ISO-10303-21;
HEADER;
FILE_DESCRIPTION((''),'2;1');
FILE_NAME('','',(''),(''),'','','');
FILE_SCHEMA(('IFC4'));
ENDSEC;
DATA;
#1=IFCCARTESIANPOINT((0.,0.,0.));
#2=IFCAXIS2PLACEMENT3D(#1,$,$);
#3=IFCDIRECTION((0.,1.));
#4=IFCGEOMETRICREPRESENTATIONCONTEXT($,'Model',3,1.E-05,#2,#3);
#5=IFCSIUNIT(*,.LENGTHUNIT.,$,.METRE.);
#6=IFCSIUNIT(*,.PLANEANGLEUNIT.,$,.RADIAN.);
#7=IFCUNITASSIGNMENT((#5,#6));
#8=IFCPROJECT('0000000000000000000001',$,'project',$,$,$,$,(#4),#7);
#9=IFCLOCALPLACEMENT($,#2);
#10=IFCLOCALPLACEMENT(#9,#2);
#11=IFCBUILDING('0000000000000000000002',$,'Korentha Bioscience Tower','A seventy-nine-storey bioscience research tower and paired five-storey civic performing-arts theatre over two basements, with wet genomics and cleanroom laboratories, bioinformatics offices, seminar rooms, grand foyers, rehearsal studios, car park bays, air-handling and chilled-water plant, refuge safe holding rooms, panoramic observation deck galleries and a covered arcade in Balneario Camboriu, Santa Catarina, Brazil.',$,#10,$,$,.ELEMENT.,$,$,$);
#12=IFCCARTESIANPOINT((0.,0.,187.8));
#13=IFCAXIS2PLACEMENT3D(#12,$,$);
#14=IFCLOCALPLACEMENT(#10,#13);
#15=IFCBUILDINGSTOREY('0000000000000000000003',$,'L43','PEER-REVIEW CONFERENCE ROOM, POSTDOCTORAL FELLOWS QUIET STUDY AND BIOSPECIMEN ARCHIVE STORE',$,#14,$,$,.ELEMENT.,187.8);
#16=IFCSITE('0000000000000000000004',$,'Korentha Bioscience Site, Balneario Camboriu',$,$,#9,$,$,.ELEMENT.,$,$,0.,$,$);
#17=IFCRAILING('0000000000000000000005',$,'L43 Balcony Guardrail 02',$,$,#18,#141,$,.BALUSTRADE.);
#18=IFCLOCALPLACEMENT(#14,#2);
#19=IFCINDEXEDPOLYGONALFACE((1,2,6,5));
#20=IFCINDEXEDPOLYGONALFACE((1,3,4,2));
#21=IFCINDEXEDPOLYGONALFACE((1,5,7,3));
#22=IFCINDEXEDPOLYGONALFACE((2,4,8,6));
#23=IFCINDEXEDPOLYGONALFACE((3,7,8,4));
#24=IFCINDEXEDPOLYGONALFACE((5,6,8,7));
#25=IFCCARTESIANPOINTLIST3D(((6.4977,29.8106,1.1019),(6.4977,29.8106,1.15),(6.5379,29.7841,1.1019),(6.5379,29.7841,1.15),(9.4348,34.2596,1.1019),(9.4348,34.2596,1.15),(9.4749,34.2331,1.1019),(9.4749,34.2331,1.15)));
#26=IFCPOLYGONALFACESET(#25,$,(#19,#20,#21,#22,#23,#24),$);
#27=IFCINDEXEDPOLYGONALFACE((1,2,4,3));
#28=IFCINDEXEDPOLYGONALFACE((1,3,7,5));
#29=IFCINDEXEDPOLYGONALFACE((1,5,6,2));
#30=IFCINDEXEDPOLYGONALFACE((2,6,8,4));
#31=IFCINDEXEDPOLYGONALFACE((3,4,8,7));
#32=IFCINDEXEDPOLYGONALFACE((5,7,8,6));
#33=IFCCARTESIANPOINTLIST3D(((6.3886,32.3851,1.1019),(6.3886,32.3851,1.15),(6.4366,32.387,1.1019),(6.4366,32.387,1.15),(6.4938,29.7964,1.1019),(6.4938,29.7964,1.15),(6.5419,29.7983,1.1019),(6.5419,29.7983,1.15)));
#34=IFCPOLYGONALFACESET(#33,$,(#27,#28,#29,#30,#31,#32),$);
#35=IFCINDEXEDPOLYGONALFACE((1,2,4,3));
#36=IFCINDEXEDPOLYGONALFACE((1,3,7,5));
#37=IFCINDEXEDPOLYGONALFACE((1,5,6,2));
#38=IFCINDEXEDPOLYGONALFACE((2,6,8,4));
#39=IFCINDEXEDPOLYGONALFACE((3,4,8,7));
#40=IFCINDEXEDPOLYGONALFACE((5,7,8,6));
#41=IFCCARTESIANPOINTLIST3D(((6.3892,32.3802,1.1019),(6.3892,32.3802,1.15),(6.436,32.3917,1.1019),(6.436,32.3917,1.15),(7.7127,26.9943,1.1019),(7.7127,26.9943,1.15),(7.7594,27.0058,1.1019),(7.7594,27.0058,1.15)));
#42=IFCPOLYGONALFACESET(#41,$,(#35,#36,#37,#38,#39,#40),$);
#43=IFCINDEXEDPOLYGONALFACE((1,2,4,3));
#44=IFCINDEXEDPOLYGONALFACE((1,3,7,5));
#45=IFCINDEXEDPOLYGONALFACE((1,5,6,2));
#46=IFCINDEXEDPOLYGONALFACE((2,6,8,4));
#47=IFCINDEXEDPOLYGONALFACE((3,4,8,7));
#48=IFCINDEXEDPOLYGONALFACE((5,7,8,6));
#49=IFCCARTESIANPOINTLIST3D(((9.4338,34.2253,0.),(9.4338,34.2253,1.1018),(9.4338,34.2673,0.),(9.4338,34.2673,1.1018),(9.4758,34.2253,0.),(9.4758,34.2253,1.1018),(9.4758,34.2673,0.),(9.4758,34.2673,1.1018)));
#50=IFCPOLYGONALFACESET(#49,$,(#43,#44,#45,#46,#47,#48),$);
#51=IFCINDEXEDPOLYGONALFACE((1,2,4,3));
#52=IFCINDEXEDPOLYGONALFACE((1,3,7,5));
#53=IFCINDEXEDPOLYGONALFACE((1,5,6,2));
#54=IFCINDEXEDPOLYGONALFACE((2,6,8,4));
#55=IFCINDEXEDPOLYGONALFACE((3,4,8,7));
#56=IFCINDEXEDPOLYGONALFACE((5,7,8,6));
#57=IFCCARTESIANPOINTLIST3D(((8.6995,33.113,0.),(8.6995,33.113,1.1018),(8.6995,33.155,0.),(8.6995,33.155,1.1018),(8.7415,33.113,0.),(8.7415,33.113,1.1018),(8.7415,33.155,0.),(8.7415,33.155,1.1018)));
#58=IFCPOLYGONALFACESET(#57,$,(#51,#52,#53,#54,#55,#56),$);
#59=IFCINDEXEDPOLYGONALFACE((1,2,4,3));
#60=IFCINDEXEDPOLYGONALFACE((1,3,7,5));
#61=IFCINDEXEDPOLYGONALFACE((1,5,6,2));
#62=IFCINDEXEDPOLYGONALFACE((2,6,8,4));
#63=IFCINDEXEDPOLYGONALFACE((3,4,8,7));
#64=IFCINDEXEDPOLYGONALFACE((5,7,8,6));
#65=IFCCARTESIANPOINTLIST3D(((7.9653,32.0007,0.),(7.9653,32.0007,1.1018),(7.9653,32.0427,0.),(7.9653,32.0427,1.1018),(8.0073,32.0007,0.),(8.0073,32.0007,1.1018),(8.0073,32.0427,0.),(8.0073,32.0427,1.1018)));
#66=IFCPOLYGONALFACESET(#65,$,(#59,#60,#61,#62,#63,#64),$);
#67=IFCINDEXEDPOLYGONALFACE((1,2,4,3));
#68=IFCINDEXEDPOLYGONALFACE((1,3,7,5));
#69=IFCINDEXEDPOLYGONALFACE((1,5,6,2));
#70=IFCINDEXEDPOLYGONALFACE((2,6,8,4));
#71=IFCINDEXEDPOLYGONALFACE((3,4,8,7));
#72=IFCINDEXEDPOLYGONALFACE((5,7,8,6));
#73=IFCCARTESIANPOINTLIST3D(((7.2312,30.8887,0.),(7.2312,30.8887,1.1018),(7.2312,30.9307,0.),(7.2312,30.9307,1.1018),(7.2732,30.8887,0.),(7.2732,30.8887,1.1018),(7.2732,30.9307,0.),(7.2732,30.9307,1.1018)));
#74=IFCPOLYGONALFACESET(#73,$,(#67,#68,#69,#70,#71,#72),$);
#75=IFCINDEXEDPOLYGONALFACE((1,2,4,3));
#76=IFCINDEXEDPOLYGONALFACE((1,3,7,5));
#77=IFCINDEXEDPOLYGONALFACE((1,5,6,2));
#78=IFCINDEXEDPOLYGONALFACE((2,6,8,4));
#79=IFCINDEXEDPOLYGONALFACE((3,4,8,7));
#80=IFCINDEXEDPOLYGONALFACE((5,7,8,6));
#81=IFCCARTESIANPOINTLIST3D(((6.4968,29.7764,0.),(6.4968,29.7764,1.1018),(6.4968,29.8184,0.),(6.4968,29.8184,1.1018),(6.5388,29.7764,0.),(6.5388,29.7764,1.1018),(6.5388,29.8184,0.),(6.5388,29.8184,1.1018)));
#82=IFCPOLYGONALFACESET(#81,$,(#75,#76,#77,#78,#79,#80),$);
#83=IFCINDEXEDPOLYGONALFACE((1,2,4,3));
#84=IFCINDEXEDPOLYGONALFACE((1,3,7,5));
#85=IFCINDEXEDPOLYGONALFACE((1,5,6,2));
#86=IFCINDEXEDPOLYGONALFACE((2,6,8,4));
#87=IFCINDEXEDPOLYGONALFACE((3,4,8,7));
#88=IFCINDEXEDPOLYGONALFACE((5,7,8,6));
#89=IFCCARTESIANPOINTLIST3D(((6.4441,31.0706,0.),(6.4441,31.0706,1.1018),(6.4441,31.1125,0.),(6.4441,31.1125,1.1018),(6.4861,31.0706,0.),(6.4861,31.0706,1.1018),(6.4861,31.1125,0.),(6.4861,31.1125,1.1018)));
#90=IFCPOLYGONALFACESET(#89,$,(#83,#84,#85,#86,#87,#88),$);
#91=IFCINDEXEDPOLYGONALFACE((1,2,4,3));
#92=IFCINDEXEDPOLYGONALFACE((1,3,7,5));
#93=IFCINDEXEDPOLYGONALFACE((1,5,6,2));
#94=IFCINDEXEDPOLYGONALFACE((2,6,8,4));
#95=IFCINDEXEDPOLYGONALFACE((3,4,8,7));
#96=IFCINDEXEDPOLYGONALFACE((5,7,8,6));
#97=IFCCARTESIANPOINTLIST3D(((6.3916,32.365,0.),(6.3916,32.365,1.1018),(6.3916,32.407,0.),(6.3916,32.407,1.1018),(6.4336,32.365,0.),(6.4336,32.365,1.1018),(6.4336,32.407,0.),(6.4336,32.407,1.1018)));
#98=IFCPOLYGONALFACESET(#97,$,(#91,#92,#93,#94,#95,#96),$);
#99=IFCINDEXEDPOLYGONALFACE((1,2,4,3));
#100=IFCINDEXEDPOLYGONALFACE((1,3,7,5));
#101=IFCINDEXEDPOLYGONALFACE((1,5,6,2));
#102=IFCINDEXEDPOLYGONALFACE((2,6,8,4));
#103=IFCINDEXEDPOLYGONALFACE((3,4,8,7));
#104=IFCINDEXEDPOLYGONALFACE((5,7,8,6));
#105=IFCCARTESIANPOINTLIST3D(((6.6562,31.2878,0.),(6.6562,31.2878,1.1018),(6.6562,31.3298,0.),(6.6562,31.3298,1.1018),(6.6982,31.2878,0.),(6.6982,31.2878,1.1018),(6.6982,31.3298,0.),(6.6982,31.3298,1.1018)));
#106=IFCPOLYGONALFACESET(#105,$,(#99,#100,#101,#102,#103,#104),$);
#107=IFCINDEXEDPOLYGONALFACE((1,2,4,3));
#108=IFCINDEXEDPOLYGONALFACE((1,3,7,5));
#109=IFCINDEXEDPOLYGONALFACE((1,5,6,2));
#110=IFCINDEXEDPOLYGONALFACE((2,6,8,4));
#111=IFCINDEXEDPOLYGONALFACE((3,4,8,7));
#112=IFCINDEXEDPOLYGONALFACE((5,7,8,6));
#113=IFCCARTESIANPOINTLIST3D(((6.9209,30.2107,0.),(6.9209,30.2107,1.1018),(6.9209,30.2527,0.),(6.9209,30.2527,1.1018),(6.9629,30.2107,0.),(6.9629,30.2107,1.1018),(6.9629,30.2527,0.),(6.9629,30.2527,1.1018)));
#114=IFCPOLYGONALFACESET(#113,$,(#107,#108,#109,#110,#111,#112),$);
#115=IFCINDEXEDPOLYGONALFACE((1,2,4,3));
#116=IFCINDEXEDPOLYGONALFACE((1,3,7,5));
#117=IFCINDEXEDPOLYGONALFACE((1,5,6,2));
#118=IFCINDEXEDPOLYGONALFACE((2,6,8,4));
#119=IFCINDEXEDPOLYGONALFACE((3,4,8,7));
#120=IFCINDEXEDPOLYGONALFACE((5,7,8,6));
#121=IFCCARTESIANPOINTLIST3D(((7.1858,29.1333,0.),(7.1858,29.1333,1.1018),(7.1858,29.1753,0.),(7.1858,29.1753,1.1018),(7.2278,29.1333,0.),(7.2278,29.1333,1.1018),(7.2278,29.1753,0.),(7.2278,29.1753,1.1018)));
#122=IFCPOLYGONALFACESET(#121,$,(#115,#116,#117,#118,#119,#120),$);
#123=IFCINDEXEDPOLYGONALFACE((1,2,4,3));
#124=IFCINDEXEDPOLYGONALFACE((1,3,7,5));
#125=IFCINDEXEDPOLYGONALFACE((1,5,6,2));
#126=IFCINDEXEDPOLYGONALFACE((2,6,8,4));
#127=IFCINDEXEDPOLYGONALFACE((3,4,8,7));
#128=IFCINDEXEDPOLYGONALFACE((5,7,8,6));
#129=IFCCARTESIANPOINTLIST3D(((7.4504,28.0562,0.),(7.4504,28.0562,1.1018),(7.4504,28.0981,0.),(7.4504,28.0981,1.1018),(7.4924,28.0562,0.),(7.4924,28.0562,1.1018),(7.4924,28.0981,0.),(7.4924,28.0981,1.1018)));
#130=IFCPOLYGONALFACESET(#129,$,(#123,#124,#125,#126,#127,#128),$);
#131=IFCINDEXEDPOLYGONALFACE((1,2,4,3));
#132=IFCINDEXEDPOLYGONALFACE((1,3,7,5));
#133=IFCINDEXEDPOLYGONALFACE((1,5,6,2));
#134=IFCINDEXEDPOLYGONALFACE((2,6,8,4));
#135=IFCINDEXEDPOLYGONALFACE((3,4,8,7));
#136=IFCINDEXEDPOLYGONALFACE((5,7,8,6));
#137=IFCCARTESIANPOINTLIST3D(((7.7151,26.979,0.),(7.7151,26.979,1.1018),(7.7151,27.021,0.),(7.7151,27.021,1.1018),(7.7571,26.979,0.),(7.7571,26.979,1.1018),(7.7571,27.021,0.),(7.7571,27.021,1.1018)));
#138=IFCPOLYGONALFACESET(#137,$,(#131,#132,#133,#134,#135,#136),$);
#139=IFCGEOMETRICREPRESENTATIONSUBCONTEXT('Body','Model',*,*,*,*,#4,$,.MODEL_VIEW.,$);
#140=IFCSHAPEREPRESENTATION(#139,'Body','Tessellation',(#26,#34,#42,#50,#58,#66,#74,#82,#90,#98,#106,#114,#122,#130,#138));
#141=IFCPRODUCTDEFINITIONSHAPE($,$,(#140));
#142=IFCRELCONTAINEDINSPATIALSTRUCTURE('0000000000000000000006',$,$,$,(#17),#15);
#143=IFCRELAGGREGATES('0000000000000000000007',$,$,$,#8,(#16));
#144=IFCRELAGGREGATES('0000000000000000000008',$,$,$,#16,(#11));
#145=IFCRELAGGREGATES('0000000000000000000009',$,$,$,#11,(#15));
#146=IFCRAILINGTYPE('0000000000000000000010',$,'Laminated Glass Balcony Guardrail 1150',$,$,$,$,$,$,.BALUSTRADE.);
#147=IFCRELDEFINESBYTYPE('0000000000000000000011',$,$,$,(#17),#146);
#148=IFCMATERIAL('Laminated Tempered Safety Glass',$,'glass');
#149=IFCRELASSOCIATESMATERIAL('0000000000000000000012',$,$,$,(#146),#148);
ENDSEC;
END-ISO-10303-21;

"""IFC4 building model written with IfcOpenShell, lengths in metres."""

from ifc_helpers import new_model, si_unit, direction, frame, origin, origin_2d, place, context, subcontext, project, spatial, rectangle, extrude, material, type_object, element, save


model = new_model("IFC4")

# Units and contexts
model_context = context("Model", 3, precision=1e-05, world=origin(), true_north=direction((0.0, 1.0)))
body_context = subcontext(model_context, "Body", "Model", "MODEL_VIEW")
ifc_project = project(units=[si_unit("LENGTHUNIT", "METRE"), si_unit("PLANEANGLEUNIT", "RADIAN")], contexts=[model_context])

# Site, building, storey
site_placement = place(None, origin())
site = spatial("IfcSite", under=ifc_project, at=site_placement, Name="Korentha Bioscience Site, Balneario Camboriu", CompositionType="ELEMENT", RefElevation=0.0)
building_placement = place(site_placement, origin())
building = spatial("IfcBuilding", under=site, at=building_placement, Name="Korentha Bioscience Tower", Description="A seventy-nine-storey bioscience research tower and paired five-storey civic performing-arts theatre over two basements, with wet genomics and cleanroom laboratories, bioinformatics offices, seminar rooms, grand foyers, rehearsal studios, car park bays, air-handling and chilled-water plant, refuge safe holding rooms, panoramic observation deck galleries and a covered arcade in Balneario Camboriu, Santa Catarina, Brazil.", CompositionType="ELEMENT")
storey_placement = place(building_placement, frame((0.0, 0.0, 187.8)))
storey = spatial("IfcBuildingStorey", under=building, at=storey_placement, Name="L43", Description="PEER-REVIEW CONFERENCE ROOM, POSTDOCTORAL FELLOWS QUIET STUDY AND BIOSPECIMEN ARCHIVE STORE", CompositionType="ELEMENT", Elevation=187.8)

# Railing
ifc_material_1 = material(Name="Laminated Tempered Safety Glass", Category="glass")
railing_type = type_object("IfcRailingType", Name="Laminated Glass Balcony Guardrail 1150", PredefinedType="BALUSTRADE", material=ifc_material_1)
railing_placement = place(storey_placement, frame((9.4548, 34.2463, 0.0)))
element("IfcRailing", 1, at=railing_placement, inside=storey, type_object=railing_type, Name="L43 Balcony Guardrail 02", PredefinedType="BALUSTRADE", context=body_context, shape_type="SweptSolid", body=[
    extrude(rectangle(XDim=0.0481, YDim=0.0481, at=origin_2d()), frame((0.0, 0.0, 1.126), z_axis=(-0.550932, -0.83455, 0.0), x_axis=(0.83455, -0.550932, 0.0)), (0.0, 0.0, 1.0), 5.3311),
    extrude(rectangle(XDim=0.0481, YDim=0.0481, at=origin_2d()), frame((-2.937, -4.449, 1.126), z_axis=(-0.040615, 0.999175, 0.0), x_axis=(-0.999175, -0.040615, 0.0)), (0.0, 0.0, 1.0), 2.5908),
    extrude(rectangle(XDim=0.0481, YDim=0.0481, at=origin_2d()), frame((-3.0422, -1.8604, 1.126), z_axis=(0.238629, -0.971111, 0.0), x_axis=(0.971111, 0.238629, 0.0)), (0.0, 0.0, 1.0), 5.5461),
    extrude(rectangle(XDim=0.042, YDim=0.042, at=origin_2d()), origin(), (0.0, 0.0, 1.0), 1.1018),
    extrude(rectangle(XDim=0.042, YDim=0.042, at=origin_2d()), frame((-0.7344, -1.1123, 0.0)), (0.0, 0.0, 1.0), 1.1018),
    extrude(rectangle(XDim=0.042, YDim=0.042, at=origin_2d()), frame((-1.4685, -2.2246, 0.0)), (0.0, 0.0, 1.0), 1.1018),
    extrude(rectangle(XDim=0.042, YDim=0.042, at=origin_2d()), frame((-2.2026, -3.3367, 0.0)), (0.0, 0.0, 1.0), 1.1018),
    extrude(rectangle(XDim=0.042, YDim=0.042, at=origin_2d()), frame((-2.937, -4.449, 0.0)), (0.0, 0.0, 1.0), 1.1018),
    extrude(rectangle(XDim=0.042, YDim=0.042, at=origin_2d()), frame((-2.9897, -3.1548, 0.0)), (0.0, 0.0, 1.0), 1.1018),
    extrude(rectangle(XDim=0.042, YDim=0.042, at=origin_2d()), frame((-3.0422, -1.8604, 0.0)), (0.0, 0.0, 1.0), 1.1018),
    extrude(rectangle(XDim=0.042, YDim=0.042, at=origin_2d()), frame((-2.7776, -2.9375, 0.0)), (0.0, 0.0, 1.0), 1.1018),
    extrude(rectangle(XDim=0.042, YDim=0.042, at=origin_2d()), frame((-2.5129, -4.0146, 0.0)), (0.0, 0.0, 1.0), 1.1018),
    extrude(rectangle(XDim=0.042, YDim=0.042, at=origin_2d()), frame((-2.248, -5.092, 0.0)), (0.0, 0.0, 1.0), 1.1018),
    extrude(rectangle(XDim=0.042, YDim=0.042, at=origin_2d()), frame((-1.9834, -6.1692, 0.0)), (0.0, 0.0, 1.0), 1.1018),
    extrude(rectangle(XDim=0.042, YDim=0.042, at=origin_2d()), frame((-1.7188, -7.2463, 0.0)), (0.0, 0.0, 1.0), 1.1018),
])

save(model, "model.ifc")
